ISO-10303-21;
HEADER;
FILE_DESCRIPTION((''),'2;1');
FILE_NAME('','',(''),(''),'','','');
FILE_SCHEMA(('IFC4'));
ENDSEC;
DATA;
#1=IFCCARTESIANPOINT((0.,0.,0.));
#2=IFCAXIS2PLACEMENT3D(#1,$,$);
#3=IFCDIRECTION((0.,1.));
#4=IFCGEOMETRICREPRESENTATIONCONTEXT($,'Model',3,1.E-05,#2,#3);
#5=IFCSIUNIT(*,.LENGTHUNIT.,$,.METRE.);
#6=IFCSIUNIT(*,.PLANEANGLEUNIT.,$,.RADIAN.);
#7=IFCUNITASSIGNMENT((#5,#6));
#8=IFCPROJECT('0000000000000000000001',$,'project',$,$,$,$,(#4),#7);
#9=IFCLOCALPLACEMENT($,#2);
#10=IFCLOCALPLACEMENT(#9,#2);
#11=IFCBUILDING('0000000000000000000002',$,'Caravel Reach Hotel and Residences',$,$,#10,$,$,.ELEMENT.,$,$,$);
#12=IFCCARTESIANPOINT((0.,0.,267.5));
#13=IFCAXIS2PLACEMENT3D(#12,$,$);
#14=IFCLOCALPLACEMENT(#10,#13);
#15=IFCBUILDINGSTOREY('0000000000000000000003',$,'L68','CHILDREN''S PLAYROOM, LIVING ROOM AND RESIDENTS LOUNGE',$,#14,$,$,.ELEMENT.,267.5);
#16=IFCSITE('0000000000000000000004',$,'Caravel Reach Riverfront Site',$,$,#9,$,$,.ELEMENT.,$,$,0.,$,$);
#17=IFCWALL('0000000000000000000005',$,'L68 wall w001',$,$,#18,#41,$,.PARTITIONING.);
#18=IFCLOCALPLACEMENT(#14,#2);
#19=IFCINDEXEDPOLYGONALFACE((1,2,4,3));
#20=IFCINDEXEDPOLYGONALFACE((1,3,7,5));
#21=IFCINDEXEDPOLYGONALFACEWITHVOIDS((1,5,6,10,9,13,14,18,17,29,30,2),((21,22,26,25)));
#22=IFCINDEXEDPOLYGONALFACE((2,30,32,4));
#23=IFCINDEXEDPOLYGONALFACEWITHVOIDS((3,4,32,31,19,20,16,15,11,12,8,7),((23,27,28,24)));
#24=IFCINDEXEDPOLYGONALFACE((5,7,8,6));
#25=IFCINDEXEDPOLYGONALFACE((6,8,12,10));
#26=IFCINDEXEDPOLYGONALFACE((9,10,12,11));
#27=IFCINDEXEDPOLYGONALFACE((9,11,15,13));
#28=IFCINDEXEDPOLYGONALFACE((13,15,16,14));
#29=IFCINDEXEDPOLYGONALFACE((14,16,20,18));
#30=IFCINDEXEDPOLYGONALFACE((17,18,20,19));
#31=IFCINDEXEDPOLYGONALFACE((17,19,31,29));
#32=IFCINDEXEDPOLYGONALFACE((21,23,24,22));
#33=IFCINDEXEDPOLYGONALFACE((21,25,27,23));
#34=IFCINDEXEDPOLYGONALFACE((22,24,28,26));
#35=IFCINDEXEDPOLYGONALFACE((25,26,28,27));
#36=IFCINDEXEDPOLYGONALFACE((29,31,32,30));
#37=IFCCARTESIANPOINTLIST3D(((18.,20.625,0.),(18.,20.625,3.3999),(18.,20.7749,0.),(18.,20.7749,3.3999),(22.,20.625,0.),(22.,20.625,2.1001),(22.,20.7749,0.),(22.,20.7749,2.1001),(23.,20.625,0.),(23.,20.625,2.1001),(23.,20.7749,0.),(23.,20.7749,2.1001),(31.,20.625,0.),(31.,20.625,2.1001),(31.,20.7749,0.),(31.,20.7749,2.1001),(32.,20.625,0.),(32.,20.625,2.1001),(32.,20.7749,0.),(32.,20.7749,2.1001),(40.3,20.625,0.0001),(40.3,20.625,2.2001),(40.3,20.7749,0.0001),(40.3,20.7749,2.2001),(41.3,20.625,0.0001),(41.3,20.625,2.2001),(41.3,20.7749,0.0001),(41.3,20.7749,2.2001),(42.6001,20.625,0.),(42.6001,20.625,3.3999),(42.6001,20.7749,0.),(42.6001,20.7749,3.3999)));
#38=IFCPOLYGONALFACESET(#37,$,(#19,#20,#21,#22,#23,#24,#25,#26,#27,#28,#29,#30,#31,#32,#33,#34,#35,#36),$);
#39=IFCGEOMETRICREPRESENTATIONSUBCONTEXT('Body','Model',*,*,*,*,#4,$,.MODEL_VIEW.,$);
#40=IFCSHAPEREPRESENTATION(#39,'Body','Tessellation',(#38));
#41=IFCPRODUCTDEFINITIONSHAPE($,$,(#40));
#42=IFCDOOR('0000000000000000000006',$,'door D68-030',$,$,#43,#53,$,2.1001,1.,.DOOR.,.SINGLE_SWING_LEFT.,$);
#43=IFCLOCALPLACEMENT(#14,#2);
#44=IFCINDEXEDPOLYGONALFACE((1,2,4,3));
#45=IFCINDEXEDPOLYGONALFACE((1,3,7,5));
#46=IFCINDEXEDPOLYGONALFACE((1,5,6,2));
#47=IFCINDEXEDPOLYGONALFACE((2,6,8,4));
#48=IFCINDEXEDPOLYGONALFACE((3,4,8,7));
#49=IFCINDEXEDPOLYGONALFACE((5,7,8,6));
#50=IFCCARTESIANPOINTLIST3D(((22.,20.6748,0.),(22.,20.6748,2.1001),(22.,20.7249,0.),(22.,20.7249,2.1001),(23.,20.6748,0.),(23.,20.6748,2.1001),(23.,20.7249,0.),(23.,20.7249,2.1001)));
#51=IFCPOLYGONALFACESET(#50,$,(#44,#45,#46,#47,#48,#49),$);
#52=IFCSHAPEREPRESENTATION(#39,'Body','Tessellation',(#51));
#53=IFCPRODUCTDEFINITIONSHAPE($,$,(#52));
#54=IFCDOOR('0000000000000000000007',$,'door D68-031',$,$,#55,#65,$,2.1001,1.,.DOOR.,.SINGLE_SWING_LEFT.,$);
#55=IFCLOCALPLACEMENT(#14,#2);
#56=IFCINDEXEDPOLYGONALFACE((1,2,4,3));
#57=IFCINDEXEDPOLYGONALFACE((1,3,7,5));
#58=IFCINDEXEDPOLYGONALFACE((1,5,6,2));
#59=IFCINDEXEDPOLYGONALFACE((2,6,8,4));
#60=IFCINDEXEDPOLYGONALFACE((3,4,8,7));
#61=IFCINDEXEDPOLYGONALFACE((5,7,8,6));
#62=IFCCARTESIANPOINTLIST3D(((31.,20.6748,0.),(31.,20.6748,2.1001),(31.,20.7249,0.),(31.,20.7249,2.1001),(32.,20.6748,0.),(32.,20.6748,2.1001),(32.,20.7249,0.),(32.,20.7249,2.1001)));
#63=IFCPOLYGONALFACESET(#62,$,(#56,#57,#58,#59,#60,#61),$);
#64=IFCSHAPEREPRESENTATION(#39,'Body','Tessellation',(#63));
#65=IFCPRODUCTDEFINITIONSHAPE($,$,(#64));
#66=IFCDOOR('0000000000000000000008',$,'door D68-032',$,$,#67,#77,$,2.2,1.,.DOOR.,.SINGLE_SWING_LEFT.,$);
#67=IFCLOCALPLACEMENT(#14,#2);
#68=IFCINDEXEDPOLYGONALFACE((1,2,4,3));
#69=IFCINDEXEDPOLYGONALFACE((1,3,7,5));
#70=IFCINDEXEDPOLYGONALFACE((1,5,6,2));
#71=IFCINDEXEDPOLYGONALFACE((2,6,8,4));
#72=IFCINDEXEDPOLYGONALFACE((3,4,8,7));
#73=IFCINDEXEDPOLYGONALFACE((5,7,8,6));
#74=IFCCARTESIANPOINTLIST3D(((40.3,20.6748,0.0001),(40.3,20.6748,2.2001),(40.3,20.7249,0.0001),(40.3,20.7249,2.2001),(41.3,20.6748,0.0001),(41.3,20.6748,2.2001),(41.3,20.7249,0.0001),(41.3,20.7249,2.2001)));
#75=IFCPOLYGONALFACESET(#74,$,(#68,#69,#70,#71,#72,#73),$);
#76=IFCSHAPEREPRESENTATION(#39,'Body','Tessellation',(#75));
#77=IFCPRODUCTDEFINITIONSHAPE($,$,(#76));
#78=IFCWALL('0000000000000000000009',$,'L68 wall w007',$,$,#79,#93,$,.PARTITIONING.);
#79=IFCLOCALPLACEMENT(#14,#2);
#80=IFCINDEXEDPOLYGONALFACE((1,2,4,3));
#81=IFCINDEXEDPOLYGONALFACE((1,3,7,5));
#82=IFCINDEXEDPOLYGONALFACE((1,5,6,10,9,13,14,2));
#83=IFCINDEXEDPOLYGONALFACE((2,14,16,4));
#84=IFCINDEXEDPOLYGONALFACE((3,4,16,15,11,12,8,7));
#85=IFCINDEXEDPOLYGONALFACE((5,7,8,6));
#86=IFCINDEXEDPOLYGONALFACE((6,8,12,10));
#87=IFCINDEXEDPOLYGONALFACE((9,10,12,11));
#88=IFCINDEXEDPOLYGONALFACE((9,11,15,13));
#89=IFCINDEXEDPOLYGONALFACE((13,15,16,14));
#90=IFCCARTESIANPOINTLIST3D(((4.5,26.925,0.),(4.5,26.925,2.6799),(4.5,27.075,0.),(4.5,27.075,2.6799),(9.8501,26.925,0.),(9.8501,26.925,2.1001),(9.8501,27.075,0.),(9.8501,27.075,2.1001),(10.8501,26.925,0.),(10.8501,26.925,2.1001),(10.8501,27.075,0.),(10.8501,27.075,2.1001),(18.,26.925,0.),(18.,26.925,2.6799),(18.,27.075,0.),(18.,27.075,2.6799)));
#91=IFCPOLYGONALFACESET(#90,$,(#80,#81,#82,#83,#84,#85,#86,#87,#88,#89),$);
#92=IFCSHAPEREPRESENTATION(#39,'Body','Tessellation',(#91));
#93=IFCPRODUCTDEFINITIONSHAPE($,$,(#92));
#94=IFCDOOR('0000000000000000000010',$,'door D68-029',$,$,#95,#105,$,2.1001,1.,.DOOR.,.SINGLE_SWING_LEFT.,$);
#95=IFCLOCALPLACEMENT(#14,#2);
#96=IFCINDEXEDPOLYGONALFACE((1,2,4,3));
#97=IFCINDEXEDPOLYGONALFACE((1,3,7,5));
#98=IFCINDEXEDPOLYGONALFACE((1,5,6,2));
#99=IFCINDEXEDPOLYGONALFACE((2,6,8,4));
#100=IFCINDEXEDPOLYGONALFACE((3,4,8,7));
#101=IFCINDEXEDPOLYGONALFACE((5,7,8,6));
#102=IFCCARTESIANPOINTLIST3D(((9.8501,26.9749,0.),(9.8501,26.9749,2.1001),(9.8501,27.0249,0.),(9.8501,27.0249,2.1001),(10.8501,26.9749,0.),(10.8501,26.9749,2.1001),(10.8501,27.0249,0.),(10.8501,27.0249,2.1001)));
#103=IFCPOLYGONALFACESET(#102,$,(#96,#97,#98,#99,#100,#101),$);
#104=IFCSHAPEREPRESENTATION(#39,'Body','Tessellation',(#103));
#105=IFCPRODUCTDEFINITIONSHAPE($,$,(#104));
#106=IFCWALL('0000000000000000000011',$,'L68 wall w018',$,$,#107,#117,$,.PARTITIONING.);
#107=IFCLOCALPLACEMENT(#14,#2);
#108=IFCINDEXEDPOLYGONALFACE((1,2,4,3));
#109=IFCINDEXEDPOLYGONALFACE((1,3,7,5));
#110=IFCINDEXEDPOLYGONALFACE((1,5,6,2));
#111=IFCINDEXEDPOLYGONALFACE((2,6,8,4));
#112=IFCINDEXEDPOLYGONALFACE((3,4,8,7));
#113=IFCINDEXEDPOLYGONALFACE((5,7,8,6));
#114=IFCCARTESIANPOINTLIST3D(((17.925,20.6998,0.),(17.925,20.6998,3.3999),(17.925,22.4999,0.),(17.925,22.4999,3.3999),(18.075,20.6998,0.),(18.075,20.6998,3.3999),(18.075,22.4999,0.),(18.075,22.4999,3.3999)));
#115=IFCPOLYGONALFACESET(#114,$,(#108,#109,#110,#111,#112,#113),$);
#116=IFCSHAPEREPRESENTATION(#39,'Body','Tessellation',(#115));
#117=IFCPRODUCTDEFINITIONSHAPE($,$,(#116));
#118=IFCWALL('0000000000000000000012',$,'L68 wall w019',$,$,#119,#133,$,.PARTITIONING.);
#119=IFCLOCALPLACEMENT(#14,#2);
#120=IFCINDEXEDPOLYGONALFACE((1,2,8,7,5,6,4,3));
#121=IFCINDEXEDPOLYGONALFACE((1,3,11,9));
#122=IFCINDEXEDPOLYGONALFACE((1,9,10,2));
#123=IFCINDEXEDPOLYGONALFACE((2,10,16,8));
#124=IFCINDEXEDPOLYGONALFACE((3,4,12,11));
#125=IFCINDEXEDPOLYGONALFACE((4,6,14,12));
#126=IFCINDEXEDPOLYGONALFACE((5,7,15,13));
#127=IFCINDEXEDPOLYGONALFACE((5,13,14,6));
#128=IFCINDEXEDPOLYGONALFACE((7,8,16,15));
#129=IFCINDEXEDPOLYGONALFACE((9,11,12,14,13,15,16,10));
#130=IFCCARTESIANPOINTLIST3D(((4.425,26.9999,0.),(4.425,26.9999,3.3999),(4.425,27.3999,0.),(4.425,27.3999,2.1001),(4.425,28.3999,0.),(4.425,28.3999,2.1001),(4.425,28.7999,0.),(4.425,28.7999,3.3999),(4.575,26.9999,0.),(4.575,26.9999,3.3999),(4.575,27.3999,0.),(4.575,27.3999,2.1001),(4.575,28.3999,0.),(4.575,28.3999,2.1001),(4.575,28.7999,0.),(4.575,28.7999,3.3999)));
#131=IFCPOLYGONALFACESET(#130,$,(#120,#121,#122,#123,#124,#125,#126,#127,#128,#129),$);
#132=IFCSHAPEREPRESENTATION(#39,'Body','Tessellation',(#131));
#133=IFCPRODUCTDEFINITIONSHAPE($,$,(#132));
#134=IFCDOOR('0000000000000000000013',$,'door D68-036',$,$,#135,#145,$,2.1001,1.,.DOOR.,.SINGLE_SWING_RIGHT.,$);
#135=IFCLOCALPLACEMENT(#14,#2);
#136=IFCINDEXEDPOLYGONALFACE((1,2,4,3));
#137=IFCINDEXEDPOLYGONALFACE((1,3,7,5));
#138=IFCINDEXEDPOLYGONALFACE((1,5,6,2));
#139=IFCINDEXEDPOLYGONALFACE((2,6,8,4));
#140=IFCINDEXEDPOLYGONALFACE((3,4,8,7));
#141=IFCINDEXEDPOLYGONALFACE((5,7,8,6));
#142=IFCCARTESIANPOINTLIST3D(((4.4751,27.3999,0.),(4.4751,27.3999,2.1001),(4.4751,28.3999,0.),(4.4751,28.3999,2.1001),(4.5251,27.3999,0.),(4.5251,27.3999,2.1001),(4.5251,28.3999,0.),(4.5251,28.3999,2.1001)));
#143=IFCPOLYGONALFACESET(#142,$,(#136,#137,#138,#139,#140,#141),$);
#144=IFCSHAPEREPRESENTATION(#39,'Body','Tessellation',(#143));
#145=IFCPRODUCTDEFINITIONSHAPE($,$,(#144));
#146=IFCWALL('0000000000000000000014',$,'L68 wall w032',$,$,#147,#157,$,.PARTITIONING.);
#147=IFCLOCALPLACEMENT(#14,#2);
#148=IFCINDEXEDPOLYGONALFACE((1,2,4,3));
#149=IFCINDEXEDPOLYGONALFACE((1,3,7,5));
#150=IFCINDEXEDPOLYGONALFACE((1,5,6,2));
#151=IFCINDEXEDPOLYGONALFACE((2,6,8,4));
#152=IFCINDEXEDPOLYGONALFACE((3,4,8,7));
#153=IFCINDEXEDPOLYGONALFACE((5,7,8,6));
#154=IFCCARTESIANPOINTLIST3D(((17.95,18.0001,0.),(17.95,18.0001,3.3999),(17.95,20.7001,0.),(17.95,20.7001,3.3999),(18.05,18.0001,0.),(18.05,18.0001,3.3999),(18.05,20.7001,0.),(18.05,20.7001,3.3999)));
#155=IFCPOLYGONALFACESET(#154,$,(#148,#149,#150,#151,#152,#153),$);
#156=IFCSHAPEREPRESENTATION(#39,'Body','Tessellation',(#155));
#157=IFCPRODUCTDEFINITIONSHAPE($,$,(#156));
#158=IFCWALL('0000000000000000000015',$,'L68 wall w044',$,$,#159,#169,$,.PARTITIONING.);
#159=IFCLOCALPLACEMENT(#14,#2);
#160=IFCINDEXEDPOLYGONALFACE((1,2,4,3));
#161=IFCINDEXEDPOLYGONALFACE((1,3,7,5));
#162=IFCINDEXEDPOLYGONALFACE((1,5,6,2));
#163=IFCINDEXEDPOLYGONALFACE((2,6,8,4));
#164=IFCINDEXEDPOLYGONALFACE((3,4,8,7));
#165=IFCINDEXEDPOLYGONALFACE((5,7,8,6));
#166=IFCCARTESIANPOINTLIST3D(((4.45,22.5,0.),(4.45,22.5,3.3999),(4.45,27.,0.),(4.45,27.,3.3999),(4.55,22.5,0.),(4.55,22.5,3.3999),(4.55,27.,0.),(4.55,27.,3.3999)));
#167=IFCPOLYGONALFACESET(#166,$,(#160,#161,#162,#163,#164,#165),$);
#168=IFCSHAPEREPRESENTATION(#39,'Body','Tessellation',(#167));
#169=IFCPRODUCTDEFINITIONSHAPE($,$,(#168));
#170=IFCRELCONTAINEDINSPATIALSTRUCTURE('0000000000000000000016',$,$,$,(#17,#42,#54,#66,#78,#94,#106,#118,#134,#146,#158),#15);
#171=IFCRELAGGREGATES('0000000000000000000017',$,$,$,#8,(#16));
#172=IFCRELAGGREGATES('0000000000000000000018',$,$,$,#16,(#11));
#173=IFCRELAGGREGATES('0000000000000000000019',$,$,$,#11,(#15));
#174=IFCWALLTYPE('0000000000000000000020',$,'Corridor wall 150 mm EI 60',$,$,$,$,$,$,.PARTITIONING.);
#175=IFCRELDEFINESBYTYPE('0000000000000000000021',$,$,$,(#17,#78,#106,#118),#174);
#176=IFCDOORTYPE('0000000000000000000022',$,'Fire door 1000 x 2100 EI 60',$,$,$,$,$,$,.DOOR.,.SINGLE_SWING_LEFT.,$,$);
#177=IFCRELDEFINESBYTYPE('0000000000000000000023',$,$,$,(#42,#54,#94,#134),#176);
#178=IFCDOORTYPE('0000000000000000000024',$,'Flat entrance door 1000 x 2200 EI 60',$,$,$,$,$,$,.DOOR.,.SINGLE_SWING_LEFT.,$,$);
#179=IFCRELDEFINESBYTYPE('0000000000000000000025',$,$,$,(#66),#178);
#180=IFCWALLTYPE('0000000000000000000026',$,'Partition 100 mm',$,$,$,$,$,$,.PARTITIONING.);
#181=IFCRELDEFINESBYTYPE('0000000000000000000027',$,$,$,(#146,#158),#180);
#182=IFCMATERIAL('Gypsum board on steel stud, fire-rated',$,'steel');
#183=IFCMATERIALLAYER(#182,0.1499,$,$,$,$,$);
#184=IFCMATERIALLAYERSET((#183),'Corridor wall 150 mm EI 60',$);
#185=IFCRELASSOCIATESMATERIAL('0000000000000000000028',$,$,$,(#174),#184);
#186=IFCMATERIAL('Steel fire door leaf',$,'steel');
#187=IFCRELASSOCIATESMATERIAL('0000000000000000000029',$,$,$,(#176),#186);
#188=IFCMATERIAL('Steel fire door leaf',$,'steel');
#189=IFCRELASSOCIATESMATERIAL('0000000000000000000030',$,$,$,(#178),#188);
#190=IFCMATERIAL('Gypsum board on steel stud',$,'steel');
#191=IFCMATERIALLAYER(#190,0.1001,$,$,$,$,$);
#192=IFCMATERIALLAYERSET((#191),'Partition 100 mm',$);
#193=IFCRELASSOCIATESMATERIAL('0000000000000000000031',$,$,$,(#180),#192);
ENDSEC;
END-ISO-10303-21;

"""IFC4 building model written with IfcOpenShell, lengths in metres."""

from ifc_helpers import new_model, si_unit, direction, frame, frame_2d, origin, place, context, subcontext, project, spatial, rectangle, extrude, material, layer, layer_set, type_object, element, fill, save


model = new_model("IFC4")

# Units and contexts
model_context = context("Model", 3, precision=1e-05, world=origin(), true_north=direction((0.0, 1.0)))
body_context = subcontext(model_context, "Body", "Model", "MODEL_VIEW")
ifc_project = project(units=[si_unit("LENGTHUNIT", "METRE"), si_unit("PLANEANGLEUNIT", "RADIAN")], contexts=[model_context])

# Site, building, storey
site_placement = place(None, origin())
site = spatial("IfcSite", under=ifc_project, at=site_placement, Name="Caravel Reach Riverfront Site", CompositionType="ELEMENT", RefElevation=0.0)
building_placement = place(site_placement, origin())
building = spatial("IfcBuilding", under=site, at=building_placement, Name="Caravel Reach Hotel and Residences", CompositionType="ELEMENT")
storey_placement = place(building_placement, frame((0.0, 0.0, 267.5)))
storey = spatial("IfcBuildingStorey", under=building, at=storey_placement, Name="L68", Description="CHILDREN'S PLAYROOM, LIVING ROOM AND RESIDENTS LOUNGE", CompositionType="ELEMENT", Elevation=267.5)

# Wall, openings, doors
ifc_material_1 = material(Name="Gypsum board on steel stud, fire-rated", Category="steel")
ifc_layer_1 = layer(ifc_material_1, 0.1499)
ifc_layer_set_1 = layer_set([ifc_layer_1], Name="Corridor wall 150 mm EI 60")
wall_type_1 = type_object("IfcWallType", Name="Corridor wall 150 mm EI 60", PredefinedType="PARTITIONING", material=ifc_layer_set_1)
wall_1_placement = place(storey_placement, frame((18.0, 20.7, 0.0), z_axis=(0.0, 0.0, 1.0), x_axis=(1.0, 0.0, 0.0)))
wall_1 = element("IfcWall", 1, at=wall_1_placement, inside=storey, type_object=wall_type_1, Name="L68 wall w001", PredefinedType="PARTITIONING", context=body_context, shape_type="SweptSolid", body=[
    extrude(rectangle(XDim=24.6001, YDim=0.1499, at=frame_2d((12.3, 0.0))), origin(), (0.0, 0.0, 1.0), 3.3999),
])
opening_1_placement = place(wall_1_placement, frame((4.0, 0.0, 0.0)))
opening_1 = element("IfcOpeningElement", 2, at=opening_1_placement, cuts=wall_1, PredefinedType="OPENING", context=body_context, shape_type="SweptSolid", body=[
    extrude(rectangle(XDim=1.0, YDim=2.1001, at=frame_2d((0.5, 1.05))), frame((0.0, 0.085, 0.0), z_axis=(0.0, -1.0, 0.0), x_axis=(1.0, 0.0, 0.0)), (0.0, 0.0, 1.0), 0.1699),
])
opening_2_placement = place(wall_1_placement, frame((13.0, 0.0, 0.0)))
opening_2 = element("IfcOpeningElement", 3, at=opening_2_placement, cuts=wall_1, PredefinedType="OPENING", context=body_context, shape_type="SweptSolid", body=[
    extrude(rectangle(XDim=1.0, YDim=2.1001, at=frame_2d((0.5, 1.05))), frame((0.0, 0.085, 0.0), z_axis=(0.0, -1.0, 0.0), x_axis=(1.0, 0.0, 0.0)), (0.0, 0.0, 1.0), 0.1699),
])
opening_3_placement = place(wall_1_placement, frame((22.3, 0.0, 0.0)))
opening_3 = element("IfcOpeningElement", 4, at=opening_3_placement, cuts=wall_1, PredefinedType="OPENING", context=body_context, shape_type="SweptSolid", body=[
    extrude(rectangle(XDim=1.0, YDim=2.2, at=frame_2d((0.5, 1.1001))), frame((0.0, 0.085, 0.0), z_axis=(0.0, -1.0, 0.0), x_axis=(1.0, 0.0, 0.0)), (0.0, 0.0, 1.0), 0.1699),
])
ifc_material_2 = material(Name="Steel fire door leaf", Category="steel")
door_type_1 = type_object("IfcDoorType", Name="Fire door 1000 x 2100 EI 60", OperationType="SINGLE_SWING_LEFT", PredefinedType="DOOR", material=ifc_material_2)
door_1_placement = place(opening_1_placement, origin())
door_1 = element("IfcDoor", 5, at=door_1_placement, inside=storey, type_object=door_type_1, Name="door D68-030", OperationType="SINGLE_SWING_LEFT", OverallHeight=2.1001, OverallWidth=1.0, PredefinedType="DOOR", context=body_context, shape_type="SweptSolid", body=[
    extrude(rectangle(XDim=1.0, YDim=2.1001, at=frame_2d((0.5, 1.05))), frame((0.0, 0.0249, 0.0), z_axis=(0.0, -1.0, 0.0), x_axis=(1.0, 0.0, 0.0)), (0.0, 0.0, 1.0), 0.05),
])
fill(opening_1, door_1)
door_2_placement = place(opening_2_placement, origin())
door_2 = element("IfcDoor", 6, at=door_2_placement, inside=storey, type_object=door_type_1, Name="door D68-031", OperationType="SINGLE_SWING_LEFT", OverallHeight=2.1001, OverallWidth=1.0, PredefinedType="DOOR", context=body_context, shape_type="SweptSolid", body=[
    extrude(rectangle(XDim=1.0, YDim=2.1001, at=frame_2d((0.5, 1.05))), frame((0.0, 0.0249, 0.0), z_axis=(0.0, -1.0, 0.0), x_axis=(1.0, 0.0, 0.0)), (0.0, 0.0, 1.0), 0.05),
])
fill(opening_2, door_2)
ifc_material_3 = material(Name="Steel fire door leaf", Category="steel")
door_type_2 = type_object("IfcDoorType", Name="Flat entrance door 1000 x 2200 EI 60", OperationType="SINGLE_SWING_LEFT", PredefinedType="DOOR", material=ifc_material_3)
door_3_placement = place(opening_3_placement, origin())
door_3 = element("IfcDoor", 7, at=door_3_placement, inside=storey, type_object=door_type_2, Name="door D68-032", OperationType="SINGLE_SWING_LEFT", OverallHeight=2.2, OverallWidth=1.0, PredefinedType="DOOR", context=body_context, shape_type="SweptSolid", body=[
    extrude(rectangle(XDim=1.0, YDim=2.2, at=frame_2d((0.5, 1.1001))), frame((0.0, 0.0249, 0.0), z_axis=(0.0, -1.0, 0.0), x_axis=(1.0, 0.0, 0.0)), (0.0, 0.0, 1.0), 0.05),
])
fill(opening_3, door_3)

# Wall, opening, door
wall_2_placement = place(storey_placement, frame((4.5, 27.0, 0.0), z_axis=(0.0, 0.0, 1.0), x_axis=(1.0, 0.0, 0.0)))
wall_2 = element("IfcWall", 8, at=wall_2_placement, inside=storey, type_object=wall_type_1, Name="L68 wall w007", PredefinedType="PARTITIONING", context=body_context, shape_type="SweptSolid", body=[
    extrude(rectangle(XDim=13.5, YDim=0.1499, at=frame_2d((6.75, 0.0))), origin(), (0.0, 0.0, 1.0), 2.6799),
])
opening_4_placement = place(wall_2_placement, frame((5.3501, 0.0, 0.0)))
opening_4 = element("IfcOpeningElement", 9, at=opening_4_placement, cuts=wall_2, PredefinedType="OPENING", context=body_context, shape_type="SweptSolid", body=[
    extrude(rectangle(XDim=1.0, YDim=2.1001, at=frame_2d((0.5, 1.05))), frame((0.0, 0.085, 0.0), z_axis=(0.0, -1.0, 0.0), x_axis=(1.0, 0.0, 0.0)), (0.0, 0.0, 1.0), 0.1699),
])
door_4_placement = place(opening_4_placement, origin())
door_4 = element("IfcDoor", 10, at=door_4_placement, inside=storey, type_object=door_type_1, Name="door D68-029", OperationType="SINGLE_SWING_LEFT", OverallHeight=2.1001, OverallWidth=1.0, PredefinedType="DOOR", context=body_context, shape_type="SweptSolid", body=[
    extrude(rectangle(XDim=1.0, YDim=2.1001, at=frame_2d((0.5, 1.05))), frame((0.0, 0.0249, 0.0), z_axis=(0.0, -1.0, 0.0), x_axis=(1.0, 0.0, 0.0)), (0.0, 0.0, 1.0), 0.05),
])
fill(opening_4, door_4)

# Wall
wall_3_placement = place(storey_placement, frame((18.0, 20.7, 0.0), z_axis=(0.0, 0.0, 1.0), x_axis=(0.0, 1.0, 0.0)))
element("IfcWall", 11, at=wall_3_placement, inside=storey, type_object=wall_type_1, Name="L68 wall w018", PredefinedType="PARTITIONING", context=body_context, shape_type="SweptSolid", body=[
    extrude(rectangle(XDim=1.8, YDim=0.1499, at=frame_2d((0.8999, 0.0))), origin(), (0.0, 0.0, 1.0), 3.3999),
])

# Wall, opening, door
wall_4_placement = place(storey_placement, frame((4.5, 27.0, 0.0), z_axis=(0.0, 0.0, 1.0), x_axis=(0.0, 1.0, 0.0)))
wall_4 = element("IfcWall", 12, at=wall_4_placement, inside=storey, type_object=wall_type_1, Name="L68 wall w019", PredefinedType="PARTITIONING", context=body_context, shape_type="SweptSolid", body=[
    extrude(rectangle(XDim=1.8, YDim=0.1499, at=frame_2d((0.8999, 0.0))), origin(), (0.0, 0.0, 1.0), 3.3999),
])
opening_5_placement = place(wall_4_placement, frame((0.3999, 0.0, 0.0)))
opening_5 = element("IfcOpeningElement", 13, at=opening_5_placement, cuts=wall_4, PredefinedType="OPENING", context=body_context, shape_type="SweptSolid", body=[
    extrude(rectangle(XDim=1.0, YDim=2.1001, at=frame_2d((0.5, 1.05))), frame((0.0, 0.085, 0.0), z_axis=(0.0, -1.0, 0.0), x_axis=(1.0, 0.0, 0.0)), (0.0, 0.0, 1.0), 0.1699),
])
door_5_placement = place(opening_5_placement, origin())
door_5 = element("IfcDoor", 14, at=door_5_placement, inside=storey, type_object=door_type_1, Name="door D68-036", OperationType="SINGLE_SWING_RIGHT", OverallHeight=2.1001, OverallWidth=1.0, PredefinedType="DOOR", context=body_context, shape_type="SweptSolid", body=[
    extrude(rectangle(XDim=1.0, YDim=2.1001, at=frame_2d((0.5, 1.05))), frame((0.0, 0.0249, 0.0), z_axis=(0.0, -1.0, 0.0), x_axis=(1.0, 0.0, 0.0)), (0.0, 0.0, 1.0), 0.05),
])
fill(opening_5, door_5)

# Walls
ifc_material_4 = material(Name="Gypsum board on steel stud", Category="steel")
ifc_layer_2 = layer(ifc_material_4, 0.1001)
ifc_layer_set_2 = layer_set([ifc_layer_2], Name="Partition 100 mm")
wall_type_2 = type_object("IfcWallType", Name="Partition 100 mm", PredefinedType="PARTITIONING", material=ifc_layer_set_2)
wall_5_placement = place(storey_placement, frame((18.0, 18.0, 0.0), z_axis=(0.0, 0.0, 1.0), x_axis=(0.0, 1.0, 0.0)))
element("IfcWall", 15, at=wall_5_placement, inside=storey, type_object=wall_type_2, Name="L68 wall w032", PredefinedType="PARTITIONING", context=body_context, shape_type="SweptSolid", body=[
    extrude(rectangle(XDim=2.7, YDim=0.1001, at=frame_2d((1.3501, 0.0))), origin(), (0.0, 0.0, 1.0), 3.3999),
])
wall_6_placement = place(storey_placement, frame((4.5, 22.5, 0.0), z_axis=(0.0, 0.0, 1.0), x_axis=(0.0, 1.0, 0.0)))
element("IfcWall", 16, at=wall_6_placement, inside=storey, type_object=wall_type_2, Name="L68 wall w044", PredefinedType="PARTITIONING", context=body_context, shape_type="SweptSolid", body=[
    extrude(rectangle(XDim=4.5, YDim=0.1001, at=frame_2d((2.25, 0.0))), origin(), (0.0, 0.0, 1.0), 3.3999),
])

save(model, "model.ifc")
